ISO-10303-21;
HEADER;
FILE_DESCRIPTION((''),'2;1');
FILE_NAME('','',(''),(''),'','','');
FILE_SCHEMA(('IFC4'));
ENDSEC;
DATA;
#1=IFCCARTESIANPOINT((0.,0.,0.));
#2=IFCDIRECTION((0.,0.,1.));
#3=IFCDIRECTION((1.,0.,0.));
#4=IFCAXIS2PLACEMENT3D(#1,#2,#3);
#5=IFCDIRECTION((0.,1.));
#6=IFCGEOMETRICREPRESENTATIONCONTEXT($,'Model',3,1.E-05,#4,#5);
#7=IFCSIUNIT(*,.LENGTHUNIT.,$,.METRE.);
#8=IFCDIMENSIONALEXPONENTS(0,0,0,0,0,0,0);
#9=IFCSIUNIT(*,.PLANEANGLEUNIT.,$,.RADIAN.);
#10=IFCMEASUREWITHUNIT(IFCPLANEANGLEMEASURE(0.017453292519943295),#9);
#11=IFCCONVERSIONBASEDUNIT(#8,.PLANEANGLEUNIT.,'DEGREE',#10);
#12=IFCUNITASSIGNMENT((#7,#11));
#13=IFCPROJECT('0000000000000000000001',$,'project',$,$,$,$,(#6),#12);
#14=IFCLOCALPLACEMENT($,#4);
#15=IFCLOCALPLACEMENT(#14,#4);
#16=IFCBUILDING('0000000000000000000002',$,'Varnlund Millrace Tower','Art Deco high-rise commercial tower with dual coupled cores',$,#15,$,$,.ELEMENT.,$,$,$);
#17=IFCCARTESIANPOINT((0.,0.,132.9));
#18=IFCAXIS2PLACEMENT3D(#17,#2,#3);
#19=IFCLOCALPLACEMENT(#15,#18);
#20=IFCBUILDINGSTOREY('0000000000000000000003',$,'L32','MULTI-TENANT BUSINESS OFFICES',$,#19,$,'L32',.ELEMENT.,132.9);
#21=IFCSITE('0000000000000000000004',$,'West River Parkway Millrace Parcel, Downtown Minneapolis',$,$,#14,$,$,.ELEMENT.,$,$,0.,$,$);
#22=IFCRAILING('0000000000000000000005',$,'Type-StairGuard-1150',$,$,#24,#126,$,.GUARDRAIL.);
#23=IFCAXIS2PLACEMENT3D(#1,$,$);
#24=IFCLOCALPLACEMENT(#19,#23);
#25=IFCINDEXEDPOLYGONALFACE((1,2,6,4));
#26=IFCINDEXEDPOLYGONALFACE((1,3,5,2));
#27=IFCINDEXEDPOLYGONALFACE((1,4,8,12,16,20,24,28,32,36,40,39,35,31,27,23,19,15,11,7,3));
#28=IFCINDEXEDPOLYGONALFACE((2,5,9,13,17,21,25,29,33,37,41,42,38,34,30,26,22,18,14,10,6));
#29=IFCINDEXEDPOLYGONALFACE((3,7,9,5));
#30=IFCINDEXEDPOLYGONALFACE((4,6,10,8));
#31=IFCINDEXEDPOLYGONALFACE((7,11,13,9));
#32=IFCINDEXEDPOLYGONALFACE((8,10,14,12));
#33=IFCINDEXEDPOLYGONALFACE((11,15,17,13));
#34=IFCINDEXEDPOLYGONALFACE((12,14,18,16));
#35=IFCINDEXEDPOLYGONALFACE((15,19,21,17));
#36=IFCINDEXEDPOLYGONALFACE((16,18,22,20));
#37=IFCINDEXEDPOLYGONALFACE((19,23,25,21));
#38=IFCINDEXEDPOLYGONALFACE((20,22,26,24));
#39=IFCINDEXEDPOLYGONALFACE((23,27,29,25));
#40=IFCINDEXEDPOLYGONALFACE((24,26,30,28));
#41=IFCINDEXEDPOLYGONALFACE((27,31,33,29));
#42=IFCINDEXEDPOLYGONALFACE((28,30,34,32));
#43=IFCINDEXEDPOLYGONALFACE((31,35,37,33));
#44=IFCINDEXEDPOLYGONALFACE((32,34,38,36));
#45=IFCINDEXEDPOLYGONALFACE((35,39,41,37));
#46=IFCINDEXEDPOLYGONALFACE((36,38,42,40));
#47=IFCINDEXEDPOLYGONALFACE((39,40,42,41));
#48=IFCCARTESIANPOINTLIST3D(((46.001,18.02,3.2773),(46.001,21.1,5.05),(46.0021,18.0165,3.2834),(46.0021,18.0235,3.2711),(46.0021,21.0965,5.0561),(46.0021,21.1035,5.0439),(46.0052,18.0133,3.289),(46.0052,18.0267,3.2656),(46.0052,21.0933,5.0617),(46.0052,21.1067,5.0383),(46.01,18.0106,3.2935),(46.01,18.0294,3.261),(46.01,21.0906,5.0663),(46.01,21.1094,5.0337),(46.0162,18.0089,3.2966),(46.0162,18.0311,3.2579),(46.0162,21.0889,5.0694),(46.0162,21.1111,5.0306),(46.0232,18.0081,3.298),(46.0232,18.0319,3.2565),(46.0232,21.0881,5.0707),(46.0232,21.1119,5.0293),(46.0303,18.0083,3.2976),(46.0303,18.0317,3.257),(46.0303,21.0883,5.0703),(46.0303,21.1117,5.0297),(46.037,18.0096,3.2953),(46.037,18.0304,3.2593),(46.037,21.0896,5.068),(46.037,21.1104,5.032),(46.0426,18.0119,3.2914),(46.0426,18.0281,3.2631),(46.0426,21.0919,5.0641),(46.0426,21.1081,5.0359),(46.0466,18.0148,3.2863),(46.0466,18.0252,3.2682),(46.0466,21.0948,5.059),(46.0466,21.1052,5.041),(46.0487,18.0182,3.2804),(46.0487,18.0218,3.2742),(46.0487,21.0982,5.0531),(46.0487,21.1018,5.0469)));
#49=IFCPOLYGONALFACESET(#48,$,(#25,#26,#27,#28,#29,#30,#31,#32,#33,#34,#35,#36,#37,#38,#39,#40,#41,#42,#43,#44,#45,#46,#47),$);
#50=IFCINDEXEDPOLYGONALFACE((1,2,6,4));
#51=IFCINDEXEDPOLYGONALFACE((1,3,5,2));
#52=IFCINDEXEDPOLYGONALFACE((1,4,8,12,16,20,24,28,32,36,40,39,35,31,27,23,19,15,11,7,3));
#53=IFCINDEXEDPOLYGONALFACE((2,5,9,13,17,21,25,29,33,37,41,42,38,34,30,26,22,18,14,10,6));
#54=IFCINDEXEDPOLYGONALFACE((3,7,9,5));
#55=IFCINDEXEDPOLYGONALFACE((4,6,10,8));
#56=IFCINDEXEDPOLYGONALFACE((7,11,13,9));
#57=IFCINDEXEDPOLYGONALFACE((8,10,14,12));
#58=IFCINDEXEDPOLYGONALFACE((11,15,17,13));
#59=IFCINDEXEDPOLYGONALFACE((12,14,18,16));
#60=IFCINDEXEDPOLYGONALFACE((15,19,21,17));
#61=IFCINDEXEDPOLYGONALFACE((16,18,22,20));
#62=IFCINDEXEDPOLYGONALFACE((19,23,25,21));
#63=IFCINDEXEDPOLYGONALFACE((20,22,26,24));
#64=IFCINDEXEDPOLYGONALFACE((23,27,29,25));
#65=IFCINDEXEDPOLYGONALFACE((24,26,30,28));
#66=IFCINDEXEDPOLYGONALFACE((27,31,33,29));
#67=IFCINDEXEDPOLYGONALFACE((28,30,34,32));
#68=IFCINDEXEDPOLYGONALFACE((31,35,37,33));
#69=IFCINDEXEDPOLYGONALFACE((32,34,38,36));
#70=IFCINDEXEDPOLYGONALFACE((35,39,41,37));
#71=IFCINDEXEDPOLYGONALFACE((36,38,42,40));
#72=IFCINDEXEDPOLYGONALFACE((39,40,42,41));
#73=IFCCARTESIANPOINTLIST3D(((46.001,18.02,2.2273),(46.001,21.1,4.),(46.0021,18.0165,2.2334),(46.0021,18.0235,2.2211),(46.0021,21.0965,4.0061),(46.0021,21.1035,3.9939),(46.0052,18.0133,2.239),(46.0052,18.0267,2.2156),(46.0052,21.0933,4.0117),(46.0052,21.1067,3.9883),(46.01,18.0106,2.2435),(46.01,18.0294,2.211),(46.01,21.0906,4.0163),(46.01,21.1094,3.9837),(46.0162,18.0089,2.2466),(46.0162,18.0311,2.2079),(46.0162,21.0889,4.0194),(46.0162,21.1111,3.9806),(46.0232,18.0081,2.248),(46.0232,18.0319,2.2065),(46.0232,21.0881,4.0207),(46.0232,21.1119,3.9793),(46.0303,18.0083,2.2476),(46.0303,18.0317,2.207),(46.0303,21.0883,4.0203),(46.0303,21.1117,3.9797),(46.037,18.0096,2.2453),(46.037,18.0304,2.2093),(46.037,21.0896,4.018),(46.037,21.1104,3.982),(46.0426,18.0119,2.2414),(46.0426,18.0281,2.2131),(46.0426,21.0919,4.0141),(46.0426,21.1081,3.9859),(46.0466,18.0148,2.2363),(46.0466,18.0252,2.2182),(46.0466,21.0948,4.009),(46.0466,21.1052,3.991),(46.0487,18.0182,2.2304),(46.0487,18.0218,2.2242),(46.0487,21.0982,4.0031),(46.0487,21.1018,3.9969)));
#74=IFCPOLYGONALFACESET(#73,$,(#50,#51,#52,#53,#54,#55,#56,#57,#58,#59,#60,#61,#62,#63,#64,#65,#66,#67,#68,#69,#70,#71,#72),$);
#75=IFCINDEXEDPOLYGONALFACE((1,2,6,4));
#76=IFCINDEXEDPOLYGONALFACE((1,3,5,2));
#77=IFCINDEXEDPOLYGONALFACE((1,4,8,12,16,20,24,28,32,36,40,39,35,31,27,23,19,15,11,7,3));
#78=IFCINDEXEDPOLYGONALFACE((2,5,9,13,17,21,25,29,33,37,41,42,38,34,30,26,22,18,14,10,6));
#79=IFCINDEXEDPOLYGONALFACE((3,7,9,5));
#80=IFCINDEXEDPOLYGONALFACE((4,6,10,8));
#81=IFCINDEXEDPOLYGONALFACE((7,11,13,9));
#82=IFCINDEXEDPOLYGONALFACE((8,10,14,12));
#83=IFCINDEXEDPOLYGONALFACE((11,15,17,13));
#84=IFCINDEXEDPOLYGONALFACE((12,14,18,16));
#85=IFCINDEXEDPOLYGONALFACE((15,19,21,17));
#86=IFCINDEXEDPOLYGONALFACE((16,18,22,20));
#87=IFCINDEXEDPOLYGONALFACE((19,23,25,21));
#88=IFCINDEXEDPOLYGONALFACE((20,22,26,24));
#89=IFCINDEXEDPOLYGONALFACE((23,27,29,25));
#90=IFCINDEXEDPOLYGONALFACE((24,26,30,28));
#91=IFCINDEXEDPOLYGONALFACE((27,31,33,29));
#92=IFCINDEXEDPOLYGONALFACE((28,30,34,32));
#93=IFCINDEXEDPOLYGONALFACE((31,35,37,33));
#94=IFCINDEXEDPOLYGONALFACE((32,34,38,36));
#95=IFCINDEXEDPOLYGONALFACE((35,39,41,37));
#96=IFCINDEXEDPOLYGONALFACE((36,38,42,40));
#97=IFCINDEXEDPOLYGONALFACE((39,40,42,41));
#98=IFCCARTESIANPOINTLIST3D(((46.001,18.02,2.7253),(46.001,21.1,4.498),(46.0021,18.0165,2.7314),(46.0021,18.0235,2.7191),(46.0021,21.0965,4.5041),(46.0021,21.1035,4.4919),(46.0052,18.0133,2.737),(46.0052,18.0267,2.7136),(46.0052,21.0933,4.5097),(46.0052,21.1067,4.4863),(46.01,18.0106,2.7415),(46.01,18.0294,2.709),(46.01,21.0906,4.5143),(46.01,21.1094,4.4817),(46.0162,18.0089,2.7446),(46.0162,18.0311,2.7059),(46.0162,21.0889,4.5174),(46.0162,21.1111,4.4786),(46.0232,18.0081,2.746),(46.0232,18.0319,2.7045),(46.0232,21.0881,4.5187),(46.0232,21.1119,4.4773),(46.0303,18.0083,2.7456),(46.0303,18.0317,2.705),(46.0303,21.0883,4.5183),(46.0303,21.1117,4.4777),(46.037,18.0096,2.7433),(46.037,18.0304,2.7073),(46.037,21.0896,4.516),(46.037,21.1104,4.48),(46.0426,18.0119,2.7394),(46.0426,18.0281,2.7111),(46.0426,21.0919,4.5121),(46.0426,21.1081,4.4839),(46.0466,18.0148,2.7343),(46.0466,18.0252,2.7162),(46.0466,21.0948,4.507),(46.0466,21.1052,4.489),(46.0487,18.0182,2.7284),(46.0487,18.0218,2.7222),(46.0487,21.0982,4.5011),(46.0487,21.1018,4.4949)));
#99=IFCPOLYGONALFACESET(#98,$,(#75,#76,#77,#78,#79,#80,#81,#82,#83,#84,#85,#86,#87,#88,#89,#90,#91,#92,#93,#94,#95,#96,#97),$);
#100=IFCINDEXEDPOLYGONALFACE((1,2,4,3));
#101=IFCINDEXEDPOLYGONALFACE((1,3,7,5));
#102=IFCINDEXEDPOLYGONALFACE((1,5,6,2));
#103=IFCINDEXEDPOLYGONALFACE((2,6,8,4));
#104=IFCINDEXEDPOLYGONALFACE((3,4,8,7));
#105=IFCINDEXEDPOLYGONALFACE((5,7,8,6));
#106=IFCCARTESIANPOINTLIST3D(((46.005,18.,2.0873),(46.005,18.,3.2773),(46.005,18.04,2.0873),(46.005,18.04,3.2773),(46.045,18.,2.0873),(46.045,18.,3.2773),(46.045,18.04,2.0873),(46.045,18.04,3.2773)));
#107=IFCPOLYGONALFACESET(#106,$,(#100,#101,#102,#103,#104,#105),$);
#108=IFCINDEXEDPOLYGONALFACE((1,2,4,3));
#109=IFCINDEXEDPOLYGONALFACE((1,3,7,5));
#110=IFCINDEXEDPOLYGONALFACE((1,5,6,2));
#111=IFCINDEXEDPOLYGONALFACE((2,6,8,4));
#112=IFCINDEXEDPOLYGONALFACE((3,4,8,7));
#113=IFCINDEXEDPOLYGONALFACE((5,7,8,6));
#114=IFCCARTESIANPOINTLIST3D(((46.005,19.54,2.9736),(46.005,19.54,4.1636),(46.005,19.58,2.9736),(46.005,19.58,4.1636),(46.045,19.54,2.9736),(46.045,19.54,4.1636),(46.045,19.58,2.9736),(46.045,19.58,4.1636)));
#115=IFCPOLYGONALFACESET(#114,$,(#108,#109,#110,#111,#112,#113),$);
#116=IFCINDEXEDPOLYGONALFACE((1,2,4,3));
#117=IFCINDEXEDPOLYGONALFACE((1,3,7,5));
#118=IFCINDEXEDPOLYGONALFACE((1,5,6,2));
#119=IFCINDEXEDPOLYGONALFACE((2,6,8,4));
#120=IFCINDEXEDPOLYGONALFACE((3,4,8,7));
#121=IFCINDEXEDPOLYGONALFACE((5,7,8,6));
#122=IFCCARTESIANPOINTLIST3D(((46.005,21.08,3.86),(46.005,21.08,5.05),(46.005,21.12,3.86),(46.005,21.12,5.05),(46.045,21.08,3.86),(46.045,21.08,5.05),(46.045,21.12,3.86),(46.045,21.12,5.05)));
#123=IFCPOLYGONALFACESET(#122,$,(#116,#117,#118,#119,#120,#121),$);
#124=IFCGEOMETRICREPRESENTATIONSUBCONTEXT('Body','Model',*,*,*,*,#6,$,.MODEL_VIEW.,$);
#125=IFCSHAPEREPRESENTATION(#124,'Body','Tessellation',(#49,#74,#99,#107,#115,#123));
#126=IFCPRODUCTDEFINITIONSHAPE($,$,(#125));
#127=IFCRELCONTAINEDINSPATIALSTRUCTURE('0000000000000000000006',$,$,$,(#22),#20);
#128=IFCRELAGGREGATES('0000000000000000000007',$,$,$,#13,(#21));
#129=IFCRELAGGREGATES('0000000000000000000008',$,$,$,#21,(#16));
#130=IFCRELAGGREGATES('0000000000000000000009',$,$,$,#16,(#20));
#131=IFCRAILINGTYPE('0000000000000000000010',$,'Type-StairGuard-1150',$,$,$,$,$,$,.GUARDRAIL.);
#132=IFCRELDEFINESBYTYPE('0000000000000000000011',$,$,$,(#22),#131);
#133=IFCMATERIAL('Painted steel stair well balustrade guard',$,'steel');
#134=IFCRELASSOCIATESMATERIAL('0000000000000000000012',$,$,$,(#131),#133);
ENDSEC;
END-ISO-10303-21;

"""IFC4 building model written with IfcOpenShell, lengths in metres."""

from ifc_helpers import new_model, entity, si_unit, converted_unit, direction, frame, origin_with_axes, origin_2d_with_axis, place, context, subcontext, project, spatial, rectangle, circle, extrude, material, type_object, element, save


model = new_model("IFC4")

# Units and contexts
model_context = context("Model", 3, precision=1e-05, world=origin_with_axes(), true_north=direction((0.0, 1.0)))
body_context = subcontext(model_context, "Body", "Model", "MODEL_VIEW")
ifc_project = project(units=[si_unit("LENGTHUNIT", "METRE"), converted_unit("PLANEANGLEUNIT", "DEGREE", entity("IfcPlaneAngleMeasure", 0.017453292519943295), si_unit("PLANEANGLEUNIT", "RADIAN"), dimensions=[0, 0, 0, 0, 0, 0, 0])], contexts=[model_context])

# Site, building, storey
site_placement = place(None, origin_with_axes())
site = spatial("IfcSite", under=ifc_project, at=site_placement, Name="West River Parkway Millrace Parcel, Downtown Minneapolis", CompositionType="ELEMENT", RefElevation=0.0)
building_placement = place(site_placement, origin_with_axes())
building = spatial("IfcBuilding", under=site, at=building_placement, Name="Varnlund Millrace Tower", Description="Art Deco high-rise commercial tower with dual coupled cores", CompositionType="ELEMENT")
storey_placement = place(building_placement, frame((0.0, 0.0, 132.9), z_axis=(0.0, 0.0, 1.0), x_axis=(1.0, 0.0, 0.0)))
storey = spatial("IfcBuildingStorey", under=building, at=storey_placement, Name="L32", Description="MULTI-TENANT BUSINESS OFFICES", LongName="L32", CompositionType="ELEMENT", Elevation=132.9)

# Railing
ifc_material_1 = material(Name="Painted steel stair well balustrade guard", Category="steel")
railing_type_1 = type_object("IfcRailingType", Name="Type-StairGuard-1150", PredefinedType="GUARDRAIL", material=ifc_material_1)
railing_1_placement = place(storey_placement, frame((0.0, 0.0, -132.9), z_axis=(0.0, 0.0, 1.0), x_axis=(1.0, 0.0, 0.0)))
element("IfcRailing", 1, at=railing_1_placement, inside=storey, type_object=railing_type_1, Name="Type-StairGuard-1150", PredefinedType="GUARDRAIL", context=body_context, shape_type="SweptSolid", body=[
    extrude(circle(Radius=0.024, at=origin_2d_with_axis()), frame((46.025, 18.02, 136.1773), z_axis=(0.0, 0.866696, 0.498836), x_axis=(-1.0, 0.0, 0.0)), (0.0, 0.0, 1.0), 3.5537),
    extrude(circle(Radius=0.024, at=origin_2d_with_axis()), frame((46.025, 18.02, 135.1273), z_axis=(0.0, 0.866696, 0.498836), x_axis=(-1.0, 0.0, 0.0)), (0.0, 0.0, 1.0), 3.5537),
    extrude(circle(Radius=0.024, at=origin_2d_with_axis()), frame((46.025, 18.02, 135.6253), z_axis=(0.0, 0.866696, 0.498836), x_axis=(-1.0, 0.0, 0.0)), (0.0, 0.0, 1.0), 3.5537),
    extrude(rectangle(XDim=0.04, YDim=0.04, at=origin_2d_with_axis()), frame((46.025, 18.02, 134.9873), z_axis=(0.0, 0.0, 1.0), x_axis=(1.0, 0.0, 0.0)), (0.0, 0.0, 1.0), 1.19),
    extrude(rectangle(XDim=0.04, YDim=0.04, at=origin_2d_with_axis()), frame((46.025, 19.56, 135.8736), z_axis=(0.0, 0.0, 1.0), x_axis=(1.0, 0.0, 0.0)), (0.0, 0.0, 1.0), 1.19),
    extrude(rectangle(XDim=0.04, YDim=0.04, at=origin_2d_with_axis()), frame((46.025, 21.1, 136.76), z_axis=(0.0, 0.0, 1.0), x_axis=(1.0, 0.0, 0.0)), (0.0, 0.0, 1.0), 1.19),
])

save(model, "model.ifc")
